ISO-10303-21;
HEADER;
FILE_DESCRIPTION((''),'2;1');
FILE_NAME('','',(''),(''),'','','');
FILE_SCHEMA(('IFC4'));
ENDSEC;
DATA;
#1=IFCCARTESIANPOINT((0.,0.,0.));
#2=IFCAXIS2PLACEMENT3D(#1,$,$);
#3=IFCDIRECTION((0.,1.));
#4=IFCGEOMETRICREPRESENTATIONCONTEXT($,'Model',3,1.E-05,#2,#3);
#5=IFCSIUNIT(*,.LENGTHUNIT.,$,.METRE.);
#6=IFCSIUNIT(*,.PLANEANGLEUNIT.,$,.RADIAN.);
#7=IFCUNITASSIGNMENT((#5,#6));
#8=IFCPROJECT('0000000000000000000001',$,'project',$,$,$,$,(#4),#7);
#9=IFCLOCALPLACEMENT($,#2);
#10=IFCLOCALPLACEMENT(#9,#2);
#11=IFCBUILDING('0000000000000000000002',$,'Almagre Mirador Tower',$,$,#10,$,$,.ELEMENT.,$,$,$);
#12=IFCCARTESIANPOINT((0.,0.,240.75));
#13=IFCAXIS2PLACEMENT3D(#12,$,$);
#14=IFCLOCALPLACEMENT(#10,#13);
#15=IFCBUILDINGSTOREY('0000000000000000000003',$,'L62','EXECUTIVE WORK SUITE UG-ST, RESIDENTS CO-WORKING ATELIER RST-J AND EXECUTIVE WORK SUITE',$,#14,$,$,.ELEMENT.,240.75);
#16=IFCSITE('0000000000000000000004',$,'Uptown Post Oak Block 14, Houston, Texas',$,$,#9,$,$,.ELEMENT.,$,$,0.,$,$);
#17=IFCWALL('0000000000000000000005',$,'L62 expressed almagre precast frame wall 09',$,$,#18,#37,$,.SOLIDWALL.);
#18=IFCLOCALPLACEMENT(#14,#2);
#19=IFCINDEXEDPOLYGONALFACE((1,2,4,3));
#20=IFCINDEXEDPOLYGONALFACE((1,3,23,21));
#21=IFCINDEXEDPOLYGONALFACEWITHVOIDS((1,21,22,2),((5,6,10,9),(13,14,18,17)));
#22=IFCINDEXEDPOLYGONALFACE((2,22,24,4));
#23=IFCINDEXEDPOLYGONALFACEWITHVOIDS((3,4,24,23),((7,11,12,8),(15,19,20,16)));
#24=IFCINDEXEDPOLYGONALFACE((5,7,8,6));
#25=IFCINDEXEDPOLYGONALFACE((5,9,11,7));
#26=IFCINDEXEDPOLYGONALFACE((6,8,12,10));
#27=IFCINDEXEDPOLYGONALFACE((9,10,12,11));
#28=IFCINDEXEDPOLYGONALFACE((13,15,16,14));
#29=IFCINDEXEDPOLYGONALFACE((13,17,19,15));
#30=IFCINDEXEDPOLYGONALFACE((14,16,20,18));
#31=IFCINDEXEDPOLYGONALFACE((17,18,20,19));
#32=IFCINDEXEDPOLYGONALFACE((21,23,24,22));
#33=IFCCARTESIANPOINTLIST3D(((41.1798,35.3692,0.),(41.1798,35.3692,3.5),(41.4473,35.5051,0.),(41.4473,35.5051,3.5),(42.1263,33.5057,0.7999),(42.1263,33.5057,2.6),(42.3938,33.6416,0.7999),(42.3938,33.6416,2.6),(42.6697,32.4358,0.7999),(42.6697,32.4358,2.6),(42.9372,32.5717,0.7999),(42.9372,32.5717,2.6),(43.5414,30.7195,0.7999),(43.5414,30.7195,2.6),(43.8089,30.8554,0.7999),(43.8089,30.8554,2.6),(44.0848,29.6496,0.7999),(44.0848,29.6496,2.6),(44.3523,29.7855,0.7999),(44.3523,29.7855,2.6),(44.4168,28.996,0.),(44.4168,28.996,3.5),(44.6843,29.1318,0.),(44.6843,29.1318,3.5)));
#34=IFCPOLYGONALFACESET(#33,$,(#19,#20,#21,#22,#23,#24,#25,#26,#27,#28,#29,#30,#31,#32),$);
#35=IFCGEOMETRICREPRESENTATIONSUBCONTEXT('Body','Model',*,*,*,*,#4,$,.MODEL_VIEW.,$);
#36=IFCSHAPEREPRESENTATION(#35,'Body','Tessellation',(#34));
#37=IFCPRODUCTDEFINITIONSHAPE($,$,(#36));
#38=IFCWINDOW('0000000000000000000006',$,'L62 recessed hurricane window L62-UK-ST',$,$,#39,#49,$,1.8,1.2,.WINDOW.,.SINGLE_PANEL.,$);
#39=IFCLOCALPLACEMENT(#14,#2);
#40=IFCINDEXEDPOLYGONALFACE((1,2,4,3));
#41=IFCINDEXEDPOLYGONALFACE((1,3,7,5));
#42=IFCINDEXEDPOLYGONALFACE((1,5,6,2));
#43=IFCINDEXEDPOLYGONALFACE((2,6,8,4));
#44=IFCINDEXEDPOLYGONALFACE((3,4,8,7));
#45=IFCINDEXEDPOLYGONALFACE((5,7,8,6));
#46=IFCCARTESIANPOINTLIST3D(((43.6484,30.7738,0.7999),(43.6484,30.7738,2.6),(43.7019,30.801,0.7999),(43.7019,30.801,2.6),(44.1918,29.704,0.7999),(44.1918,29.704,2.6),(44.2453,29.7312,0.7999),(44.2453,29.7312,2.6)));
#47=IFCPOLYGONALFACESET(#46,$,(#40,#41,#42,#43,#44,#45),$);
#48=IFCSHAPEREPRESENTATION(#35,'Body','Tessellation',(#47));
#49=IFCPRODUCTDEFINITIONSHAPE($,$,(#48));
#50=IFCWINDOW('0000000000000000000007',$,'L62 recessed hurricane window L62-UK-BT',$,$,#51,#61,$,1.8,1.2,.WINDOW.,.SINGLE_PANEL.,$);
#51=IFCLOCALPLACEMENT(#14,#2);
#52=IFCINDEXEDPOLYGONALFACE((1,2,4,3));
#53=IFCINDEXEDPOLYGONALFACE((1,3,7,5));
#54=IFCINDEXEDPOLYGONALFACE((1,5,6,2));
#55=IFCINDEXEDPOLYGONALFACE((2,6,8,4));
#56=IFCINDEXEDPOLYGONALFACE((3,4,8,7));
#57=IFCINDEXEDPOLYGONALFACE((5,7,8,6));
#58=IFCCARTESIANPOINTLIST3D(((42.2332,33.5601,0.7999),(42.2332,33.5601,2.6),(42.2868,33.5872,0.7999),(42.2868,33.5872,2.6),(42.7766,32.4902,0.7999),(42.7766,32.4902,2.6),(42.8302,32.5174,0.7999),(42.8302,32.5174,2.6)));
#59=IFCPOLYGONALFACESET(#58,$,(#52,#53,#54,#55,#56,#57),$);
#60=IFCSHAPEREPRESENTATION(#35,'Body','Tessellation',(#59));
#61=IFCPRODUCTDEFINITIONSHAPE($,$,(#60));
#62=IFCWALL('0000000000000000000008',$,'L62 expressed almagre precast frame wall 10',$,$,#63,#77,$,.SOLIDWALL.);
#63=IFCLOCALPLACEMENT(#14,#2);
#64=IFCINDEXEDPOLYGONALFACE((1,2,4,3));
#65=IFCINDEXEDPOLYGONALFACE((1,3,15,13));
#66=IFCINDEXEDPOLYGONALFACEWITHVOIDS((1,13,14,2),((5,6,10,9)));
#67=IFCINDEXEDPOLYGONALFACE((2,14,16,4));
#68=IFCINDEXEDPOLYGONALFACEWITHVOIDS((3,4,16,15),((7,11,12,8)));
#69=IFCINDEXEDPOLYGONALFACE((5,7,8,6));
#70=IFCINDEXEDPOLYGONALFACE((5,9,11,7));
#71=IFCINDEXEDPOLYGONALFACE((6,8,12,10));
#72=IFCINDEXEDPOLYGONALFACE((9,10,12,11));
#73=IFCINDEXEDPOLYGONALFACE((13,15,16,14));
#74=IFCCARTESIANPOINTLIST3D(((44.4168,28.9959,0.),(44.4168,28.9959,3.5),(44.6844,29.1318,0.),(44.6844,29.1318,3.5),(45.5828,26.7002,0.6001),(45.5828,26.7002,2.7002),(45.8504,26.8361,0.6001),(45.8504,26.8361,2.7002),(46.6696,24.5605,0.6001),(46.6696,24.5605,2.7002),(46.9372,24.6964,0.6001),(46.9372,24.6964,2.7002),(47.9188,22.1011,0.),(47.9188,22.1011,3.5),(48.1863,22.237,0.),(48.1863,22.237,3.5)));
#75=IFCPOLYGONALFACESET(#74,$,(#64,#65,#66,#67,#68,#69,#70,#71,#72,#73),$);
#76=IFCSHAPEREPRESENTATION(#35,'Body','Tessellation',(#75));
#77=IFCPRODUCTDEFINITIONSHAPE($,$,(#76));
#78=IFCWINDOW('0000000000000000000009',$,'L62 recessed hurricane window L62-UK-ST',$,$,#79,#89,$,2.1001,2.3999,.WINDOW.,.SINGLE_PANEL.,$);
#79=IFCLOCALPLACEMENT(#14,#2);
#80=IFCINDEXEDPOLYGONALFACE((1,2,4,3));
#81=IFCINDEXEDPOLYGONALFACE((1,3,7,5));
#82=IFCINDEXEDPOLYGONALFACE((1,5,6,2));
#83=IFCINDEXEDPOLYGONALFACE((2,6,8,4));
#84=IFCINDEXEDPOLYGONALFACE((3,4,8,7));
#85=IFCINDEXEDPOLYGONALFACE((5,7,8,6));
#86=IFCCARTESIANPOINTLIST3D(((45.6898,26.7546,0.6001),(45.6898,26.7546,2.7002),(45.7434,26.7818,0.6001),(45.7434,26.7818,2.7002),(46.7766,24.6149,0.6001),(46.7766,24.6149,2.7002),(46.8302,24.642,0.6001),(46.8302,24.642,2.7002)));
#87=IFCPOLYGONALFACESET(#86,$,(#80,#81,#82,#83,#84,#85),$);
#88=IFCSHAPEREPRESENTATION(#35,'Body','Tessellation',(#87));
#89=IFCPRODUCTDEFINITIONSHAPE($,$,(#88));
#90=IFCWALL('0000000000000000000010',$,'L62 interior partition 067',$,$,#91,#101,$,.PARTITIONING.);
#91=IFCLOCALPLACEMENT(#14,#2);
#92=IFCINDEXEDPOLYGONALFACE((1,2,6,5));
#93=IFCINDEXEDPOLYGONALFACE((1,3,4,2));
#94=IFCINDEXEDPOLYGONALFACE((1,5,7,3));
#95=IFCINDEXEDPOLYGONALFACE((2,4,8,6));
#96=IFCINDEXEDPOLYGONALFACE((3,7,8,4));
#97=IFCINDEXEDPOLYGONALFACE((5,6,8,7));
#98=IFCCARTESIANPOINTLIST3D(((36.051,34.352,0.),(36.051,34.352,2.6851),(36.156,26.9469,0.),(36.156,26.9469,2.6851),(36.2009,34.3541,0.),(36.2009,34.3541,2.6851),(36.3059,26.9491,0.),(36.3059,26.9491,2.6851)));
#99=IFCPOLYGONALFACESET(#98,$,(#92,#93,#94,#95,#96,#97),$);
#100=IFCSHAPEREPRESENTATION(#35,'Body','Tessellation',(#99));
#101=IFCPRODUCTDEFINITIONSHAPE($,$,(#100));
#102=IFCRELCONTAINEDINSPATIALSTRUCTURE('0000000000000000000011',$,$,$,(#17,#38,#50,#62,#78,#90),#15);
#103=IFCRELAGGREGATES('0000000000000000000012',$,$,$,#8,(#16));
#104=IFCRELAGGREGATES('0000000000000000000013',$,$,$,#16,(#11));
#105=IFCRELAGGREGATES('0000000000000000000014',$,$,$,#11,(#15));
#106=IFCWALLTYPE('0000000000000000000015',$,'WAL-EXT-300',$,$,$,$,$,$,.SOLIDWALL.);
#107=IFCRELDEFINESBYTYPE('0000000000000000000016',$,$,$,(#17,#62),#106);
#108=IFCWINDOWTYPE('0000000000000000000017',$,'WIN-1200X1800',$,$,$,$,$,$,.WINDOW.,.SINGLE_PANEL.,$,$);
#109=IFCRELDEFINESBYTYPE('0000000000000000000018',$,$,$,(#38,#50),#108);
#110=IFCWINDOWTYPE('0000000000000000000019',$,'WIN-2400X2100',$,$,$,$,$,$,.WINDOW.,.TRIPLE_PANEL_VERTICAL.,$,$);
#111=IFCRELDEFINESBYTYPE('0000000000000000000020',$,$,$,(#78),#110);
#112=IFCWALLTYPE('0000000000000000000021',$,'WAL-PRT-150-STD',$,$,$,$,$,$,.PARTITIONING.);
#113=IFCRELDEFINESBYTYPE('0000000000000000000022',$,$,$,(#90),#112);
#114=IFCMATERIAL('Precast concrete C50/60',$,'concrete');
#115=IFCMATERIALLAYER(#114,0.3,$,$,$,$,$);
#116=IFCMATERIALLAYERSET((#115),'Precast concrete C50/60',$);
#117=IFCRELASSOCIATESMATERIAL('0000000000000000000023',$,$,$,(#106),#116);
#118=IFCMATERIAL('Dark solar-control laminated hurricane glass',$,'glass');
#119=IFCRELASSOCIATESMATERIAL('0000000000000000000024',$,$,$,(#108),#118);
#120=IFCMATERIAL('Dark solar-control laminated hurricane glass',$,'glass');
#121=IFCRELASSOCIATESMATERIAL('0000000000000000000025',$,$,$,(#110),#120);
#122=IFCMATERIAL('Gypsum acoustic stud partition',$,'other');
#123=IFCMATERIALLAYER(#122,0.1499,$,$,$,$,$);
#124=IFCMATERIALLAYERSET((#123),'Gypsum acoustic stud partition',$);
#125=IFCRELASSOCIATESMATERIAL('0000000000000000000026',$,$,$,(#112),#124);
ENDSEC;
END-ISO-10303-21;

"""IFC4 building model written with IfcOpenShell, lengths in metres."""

from ifc_helpers import new_model, si_unit, direction, frame, frame_2d, origin, place, context, subcontext, project, spatial, rectangle, extrude, material, layer, layer_set, type_object, element, fill, save


model = new_model("IFC4")

# Units and contexts
model_context = context("Model", 3, precision=1e-05, world=origin(), true_north=direction((0.0, 1.0)))
body_context = subcontext(model_context, "Body", "Model", "MODEL_VIEW")
ifc_project = project(units=[si_unit("LENGTHUNIT", "METRE"), si_unit("PLANEANGLEUNIT", "RADIAN")], contexts=[model_context])

# Site, building, storey
site_placement = place(None, origin())
site = spatial("IfcSite", under=ifc_project, at=site_placement, Name="Uptown Post Oak Block 14, Houston, Texas", CompositionType="ELEMENT", RefElevation=0.0)
building_placement = place(site_placement, origin())
building = spatial("IfcBuilding", under=site, at=building_placement, Name="Almagre Mirador Tower", CompositionType="ELEMENT")
storey_placement = place(building_placement, frame((0.0, 0.0, 240.75)))
storey = spatial("IfcBuildingStorey", under=building, at=storey_placement, Name="L62", Description="EXECUTIVE WORK SUITE UG-ST, RESIDENTS CO-WORKING ATELIER RST-J AND EXECUTIVE WORK SUITE", CompositionType="ELEMENT", Elevation=240.75)

# Shared definitions
ifc_material_1 = material(Name="Precast concrete C50/60", Category="concrete")
ifc_layer_1 = layer(ifc_material_1, 0.3)
ifc_layer_set_1 = layer_set([ifc_layer_1], Name="Precast concrete C50/60")
wall_type_1 = type_object("IfcWallType", Name="WAL-EXT-300", PredefinedType="SOLIDWALL", material=ifc_layer_set_1)

# Shared definitions
ifc_material_2 = material(Name="Dark solar-control laminated hurricane glass", Category="glass")
window_type_1 = type_object("IfcWindowType", Name="WIN-1200X1800", PartitioningType="SINGLE_PANEL", PredefinedType="WINDOW", material=ifc_material_2)

# Wall, openings, windows
wall_1_placement = place(storey_placement, frame((41.3135, 35.4373, 0.0), z_axis=(0.0, 0.0, 1.0), x_axis=(0.452847, -0.891588, 0.0)))
wall_1 = element("IfcWall", 1, at=wall_1_placement, inside=storey, type_object=wall_type_1, Name="L62 expressed almagre precast frame wall 09", PredefinedType="SOLIDWALL", context=body_context, shape_type="SweptSolid", body=[
    extrude(rectangle(XDim=7.1482, YDim=0.3, at=frame_2d((3.5742, 0.0))), origin(), (0.0, 0.0, 1.0), 3.5),
])
opening_1_placement = place(wall_1_placement, frame((5.2151, 0.0, 0.8)))
opening_1 = element("IfcOpeningElement", 2, at=opening_1_placement, cuts=wall_1, PredefinedType="OPENING", context=body_context, shape_type="SweptSolid", body=[
    extrude(rectangle(XDim=1.2, YDim=1.8, at=frame_2d((0.6001, 0.8999))), frame((0.0, 0.1599, 0.0), z_axis=(0.0, -1.0, 0.0), x_axis=(1.0, 0.0, 0.0)), (0.0, 0.0, 1.0), 0.32),
])
opening_2_placement = place(wall_1_placement, frame((2.0901, 0.0, 0.8)))
opening_2 = element("IfcOpeningElement", 3, at=opening_2_placement, cuts=wall_1, PredefinedType="OPENING", context=body_context, shape_type="SweptSolid", body=[
    extrude(rectangle(XDim=1.2, YDim=1.8, at=frame_2d((0.6001, 0.8999))), frame((0.0, 0.1599, 0.0), z_axis=(0.0, -1.0, 0.0), x_axis=(1.0, 0.0, 0.0)), (0.0, 0.0, 1.0), 0.32),
])
window_1_placement = place(opening_1_placement, origin())
window_1 = element("IfcWindow", 4, at=window_1_placement, inside=storey, type_object=window_type_1, Name="L62 recessed hurricane window L62-UK-ST", OverallHeight=1.8, OverallWidth=1.2, PartitioningType="SINGLE_PANEL", PredefinedType="WINDOW", context=body_context, shape_type="SweptSolid", body=[
    extrude(rectangle(XDim=1.2, YDim=1.8, at=frame_2d((0.6001, 0.8999))), frame((0.0, 0.03, 0.0), z_axis=(0.0, -1.0, 0.0), x_axis=(1.0, 0.0, 0.0)), (0.0, 0.0, 1.0), 0.0601),
])
fill(opening_1, window_1)
window_2_placement = place(opening_2_placement, origin())
window_2 = element("IfcWindow", 5, at=window_2_placement, inside=storey, type_object=window_type_1, Name="L62 recessed hurricane window L62-UK-BT", OverallHeight=1.8, OverallWidth=1.2, PartitioningType="SINGLE_PANEL", PredefinedType="WINDOW", context=body_context, shape_type="SweptSolid", body=[
    extrude(rectangle(XDim=1.2, YDim=1.8, at=frame_2d((0.6001, 0.8999))), frame((0.0, 0.03, 0.0), z_axis=(0.0, -1.0, 0.0), x_axis=(1.0, 0.0, 0.0)), (0.0, 0.0, 1.0), 0.0601),
])
fill(opening_2, window_2)

# Wall, opening, window
wall_2_placement = place(storey_placement, frame((44.5505, 29.064, 0.0), z_axis=(0.0, 0.0, 1.0), x_axis=(0.45285, -0.891587, 0.0)))
wall_2 = element("IfcWall", 6, at=wall_2_placement, inside=storey, type_object=wall_type_1, Name="L62 expressed almagre precast frame wall 10", PredefinedType="SOLIDWALL", context=body_context, shape_type="SweptSolid", body=[
    extrude(rectangle(XDim=7.7332, YDim=0.3, at=frame_2d((3.8667, 0.0))), origin(), (0.0, 0.0, 1.0), 3.5),
])
opening_3_placement = place(wall_2_placement, frame((2.575, 0.0, 0.6001)))
opening_3 = element("IfcOpeningElement", 7, at=opening_3_placement, cuts=wall_2, PredefinedType="OPENING", context=body_context, shape_type="SweptSolid", body=[
    extrude(rectangle(XDim=2.3999, YDim=2.1001, at=frame_2d((1.2, 1.05))), frame((0.0, 0.1599, 0.0), z_axis=(0.0, -1.0, 0.0), x_axis=(1.0, 0.0, 0.0)), (0.0, 0.0, 1.0), 0.32),
])
ifc_material_3 = material(Name="Dark solar-control laminated hurricane glass", Category="glass")
window_type_2 = type_object("IfcWindowType", Name="WIN-2400X2100", PartitioningType="TRIPLE_PANEL_VERTICAL", PredefinedType="WINDOW", material=ifc_material_3)
window_3_placement = place(opening_3_placement, origin())
window_3 = element("IfcWindow", 8, at=window_3_placement, inside=storey, type_object=window_type_2, Name="L62 recessed hurricane window L62-UK-ST", OverallHeight=2.1001, OverallWidth=2.3999, PartitioningType="SINGLE_PANEL", PredefinedType="WINDOW", context=body_context, shape_type="SweptSolid", body=[
    extrude(rectangle(XDim=2.3999, YDim=2.1001, at=frame_2d((1.2, 1.05))), frame((0.0, 0.03, 0.0), z_axis=(0.0, -1.0, 0.0), x_axis=(1.0, 0.0, 0.0)), (0.0, 0.0, 1.0), 0.0601),
])
fill(opening_3, window_3)

# Wall
ifc_material_4 = material(Name="Gypsum acoustic stud partition", Category="other")
ifc_layer_2 = layer(ifc_material_4, 0.1499)
ifc_layer_set_2 = layer_set([ifc_layer_2], Name="Gypsum acoustic stud partition")
wall_type_2 = type_object("IfcWallType", Name="WAL-PRT-150-STD", PredefinedType="PARTITIONING", material=ifc_layer_set_2)
wall_3_placement = place(storey_placement, frame((36.231, 26.948, 0.0), z_axis=(0.0, 0.0, 1.0), x_axis=(-0.014175, 0.9999, 0.0)))
element("IfcWall", 9, at=wall_3_placement, inside=storey, type_object=wall_type_2, Name="L62 interior partition 067", PredefinedType="PARTITIONING", context=body_context, shape_type="SweptSolid", body=[
    extrude(rectangle(XDim=7.4058, YDim=0.1499, at=frame_2d((3.7029, 0.0))), origin(), (0.0, 0.0, 1.0), 2.6851),
])

save(model, "model.ifc")
